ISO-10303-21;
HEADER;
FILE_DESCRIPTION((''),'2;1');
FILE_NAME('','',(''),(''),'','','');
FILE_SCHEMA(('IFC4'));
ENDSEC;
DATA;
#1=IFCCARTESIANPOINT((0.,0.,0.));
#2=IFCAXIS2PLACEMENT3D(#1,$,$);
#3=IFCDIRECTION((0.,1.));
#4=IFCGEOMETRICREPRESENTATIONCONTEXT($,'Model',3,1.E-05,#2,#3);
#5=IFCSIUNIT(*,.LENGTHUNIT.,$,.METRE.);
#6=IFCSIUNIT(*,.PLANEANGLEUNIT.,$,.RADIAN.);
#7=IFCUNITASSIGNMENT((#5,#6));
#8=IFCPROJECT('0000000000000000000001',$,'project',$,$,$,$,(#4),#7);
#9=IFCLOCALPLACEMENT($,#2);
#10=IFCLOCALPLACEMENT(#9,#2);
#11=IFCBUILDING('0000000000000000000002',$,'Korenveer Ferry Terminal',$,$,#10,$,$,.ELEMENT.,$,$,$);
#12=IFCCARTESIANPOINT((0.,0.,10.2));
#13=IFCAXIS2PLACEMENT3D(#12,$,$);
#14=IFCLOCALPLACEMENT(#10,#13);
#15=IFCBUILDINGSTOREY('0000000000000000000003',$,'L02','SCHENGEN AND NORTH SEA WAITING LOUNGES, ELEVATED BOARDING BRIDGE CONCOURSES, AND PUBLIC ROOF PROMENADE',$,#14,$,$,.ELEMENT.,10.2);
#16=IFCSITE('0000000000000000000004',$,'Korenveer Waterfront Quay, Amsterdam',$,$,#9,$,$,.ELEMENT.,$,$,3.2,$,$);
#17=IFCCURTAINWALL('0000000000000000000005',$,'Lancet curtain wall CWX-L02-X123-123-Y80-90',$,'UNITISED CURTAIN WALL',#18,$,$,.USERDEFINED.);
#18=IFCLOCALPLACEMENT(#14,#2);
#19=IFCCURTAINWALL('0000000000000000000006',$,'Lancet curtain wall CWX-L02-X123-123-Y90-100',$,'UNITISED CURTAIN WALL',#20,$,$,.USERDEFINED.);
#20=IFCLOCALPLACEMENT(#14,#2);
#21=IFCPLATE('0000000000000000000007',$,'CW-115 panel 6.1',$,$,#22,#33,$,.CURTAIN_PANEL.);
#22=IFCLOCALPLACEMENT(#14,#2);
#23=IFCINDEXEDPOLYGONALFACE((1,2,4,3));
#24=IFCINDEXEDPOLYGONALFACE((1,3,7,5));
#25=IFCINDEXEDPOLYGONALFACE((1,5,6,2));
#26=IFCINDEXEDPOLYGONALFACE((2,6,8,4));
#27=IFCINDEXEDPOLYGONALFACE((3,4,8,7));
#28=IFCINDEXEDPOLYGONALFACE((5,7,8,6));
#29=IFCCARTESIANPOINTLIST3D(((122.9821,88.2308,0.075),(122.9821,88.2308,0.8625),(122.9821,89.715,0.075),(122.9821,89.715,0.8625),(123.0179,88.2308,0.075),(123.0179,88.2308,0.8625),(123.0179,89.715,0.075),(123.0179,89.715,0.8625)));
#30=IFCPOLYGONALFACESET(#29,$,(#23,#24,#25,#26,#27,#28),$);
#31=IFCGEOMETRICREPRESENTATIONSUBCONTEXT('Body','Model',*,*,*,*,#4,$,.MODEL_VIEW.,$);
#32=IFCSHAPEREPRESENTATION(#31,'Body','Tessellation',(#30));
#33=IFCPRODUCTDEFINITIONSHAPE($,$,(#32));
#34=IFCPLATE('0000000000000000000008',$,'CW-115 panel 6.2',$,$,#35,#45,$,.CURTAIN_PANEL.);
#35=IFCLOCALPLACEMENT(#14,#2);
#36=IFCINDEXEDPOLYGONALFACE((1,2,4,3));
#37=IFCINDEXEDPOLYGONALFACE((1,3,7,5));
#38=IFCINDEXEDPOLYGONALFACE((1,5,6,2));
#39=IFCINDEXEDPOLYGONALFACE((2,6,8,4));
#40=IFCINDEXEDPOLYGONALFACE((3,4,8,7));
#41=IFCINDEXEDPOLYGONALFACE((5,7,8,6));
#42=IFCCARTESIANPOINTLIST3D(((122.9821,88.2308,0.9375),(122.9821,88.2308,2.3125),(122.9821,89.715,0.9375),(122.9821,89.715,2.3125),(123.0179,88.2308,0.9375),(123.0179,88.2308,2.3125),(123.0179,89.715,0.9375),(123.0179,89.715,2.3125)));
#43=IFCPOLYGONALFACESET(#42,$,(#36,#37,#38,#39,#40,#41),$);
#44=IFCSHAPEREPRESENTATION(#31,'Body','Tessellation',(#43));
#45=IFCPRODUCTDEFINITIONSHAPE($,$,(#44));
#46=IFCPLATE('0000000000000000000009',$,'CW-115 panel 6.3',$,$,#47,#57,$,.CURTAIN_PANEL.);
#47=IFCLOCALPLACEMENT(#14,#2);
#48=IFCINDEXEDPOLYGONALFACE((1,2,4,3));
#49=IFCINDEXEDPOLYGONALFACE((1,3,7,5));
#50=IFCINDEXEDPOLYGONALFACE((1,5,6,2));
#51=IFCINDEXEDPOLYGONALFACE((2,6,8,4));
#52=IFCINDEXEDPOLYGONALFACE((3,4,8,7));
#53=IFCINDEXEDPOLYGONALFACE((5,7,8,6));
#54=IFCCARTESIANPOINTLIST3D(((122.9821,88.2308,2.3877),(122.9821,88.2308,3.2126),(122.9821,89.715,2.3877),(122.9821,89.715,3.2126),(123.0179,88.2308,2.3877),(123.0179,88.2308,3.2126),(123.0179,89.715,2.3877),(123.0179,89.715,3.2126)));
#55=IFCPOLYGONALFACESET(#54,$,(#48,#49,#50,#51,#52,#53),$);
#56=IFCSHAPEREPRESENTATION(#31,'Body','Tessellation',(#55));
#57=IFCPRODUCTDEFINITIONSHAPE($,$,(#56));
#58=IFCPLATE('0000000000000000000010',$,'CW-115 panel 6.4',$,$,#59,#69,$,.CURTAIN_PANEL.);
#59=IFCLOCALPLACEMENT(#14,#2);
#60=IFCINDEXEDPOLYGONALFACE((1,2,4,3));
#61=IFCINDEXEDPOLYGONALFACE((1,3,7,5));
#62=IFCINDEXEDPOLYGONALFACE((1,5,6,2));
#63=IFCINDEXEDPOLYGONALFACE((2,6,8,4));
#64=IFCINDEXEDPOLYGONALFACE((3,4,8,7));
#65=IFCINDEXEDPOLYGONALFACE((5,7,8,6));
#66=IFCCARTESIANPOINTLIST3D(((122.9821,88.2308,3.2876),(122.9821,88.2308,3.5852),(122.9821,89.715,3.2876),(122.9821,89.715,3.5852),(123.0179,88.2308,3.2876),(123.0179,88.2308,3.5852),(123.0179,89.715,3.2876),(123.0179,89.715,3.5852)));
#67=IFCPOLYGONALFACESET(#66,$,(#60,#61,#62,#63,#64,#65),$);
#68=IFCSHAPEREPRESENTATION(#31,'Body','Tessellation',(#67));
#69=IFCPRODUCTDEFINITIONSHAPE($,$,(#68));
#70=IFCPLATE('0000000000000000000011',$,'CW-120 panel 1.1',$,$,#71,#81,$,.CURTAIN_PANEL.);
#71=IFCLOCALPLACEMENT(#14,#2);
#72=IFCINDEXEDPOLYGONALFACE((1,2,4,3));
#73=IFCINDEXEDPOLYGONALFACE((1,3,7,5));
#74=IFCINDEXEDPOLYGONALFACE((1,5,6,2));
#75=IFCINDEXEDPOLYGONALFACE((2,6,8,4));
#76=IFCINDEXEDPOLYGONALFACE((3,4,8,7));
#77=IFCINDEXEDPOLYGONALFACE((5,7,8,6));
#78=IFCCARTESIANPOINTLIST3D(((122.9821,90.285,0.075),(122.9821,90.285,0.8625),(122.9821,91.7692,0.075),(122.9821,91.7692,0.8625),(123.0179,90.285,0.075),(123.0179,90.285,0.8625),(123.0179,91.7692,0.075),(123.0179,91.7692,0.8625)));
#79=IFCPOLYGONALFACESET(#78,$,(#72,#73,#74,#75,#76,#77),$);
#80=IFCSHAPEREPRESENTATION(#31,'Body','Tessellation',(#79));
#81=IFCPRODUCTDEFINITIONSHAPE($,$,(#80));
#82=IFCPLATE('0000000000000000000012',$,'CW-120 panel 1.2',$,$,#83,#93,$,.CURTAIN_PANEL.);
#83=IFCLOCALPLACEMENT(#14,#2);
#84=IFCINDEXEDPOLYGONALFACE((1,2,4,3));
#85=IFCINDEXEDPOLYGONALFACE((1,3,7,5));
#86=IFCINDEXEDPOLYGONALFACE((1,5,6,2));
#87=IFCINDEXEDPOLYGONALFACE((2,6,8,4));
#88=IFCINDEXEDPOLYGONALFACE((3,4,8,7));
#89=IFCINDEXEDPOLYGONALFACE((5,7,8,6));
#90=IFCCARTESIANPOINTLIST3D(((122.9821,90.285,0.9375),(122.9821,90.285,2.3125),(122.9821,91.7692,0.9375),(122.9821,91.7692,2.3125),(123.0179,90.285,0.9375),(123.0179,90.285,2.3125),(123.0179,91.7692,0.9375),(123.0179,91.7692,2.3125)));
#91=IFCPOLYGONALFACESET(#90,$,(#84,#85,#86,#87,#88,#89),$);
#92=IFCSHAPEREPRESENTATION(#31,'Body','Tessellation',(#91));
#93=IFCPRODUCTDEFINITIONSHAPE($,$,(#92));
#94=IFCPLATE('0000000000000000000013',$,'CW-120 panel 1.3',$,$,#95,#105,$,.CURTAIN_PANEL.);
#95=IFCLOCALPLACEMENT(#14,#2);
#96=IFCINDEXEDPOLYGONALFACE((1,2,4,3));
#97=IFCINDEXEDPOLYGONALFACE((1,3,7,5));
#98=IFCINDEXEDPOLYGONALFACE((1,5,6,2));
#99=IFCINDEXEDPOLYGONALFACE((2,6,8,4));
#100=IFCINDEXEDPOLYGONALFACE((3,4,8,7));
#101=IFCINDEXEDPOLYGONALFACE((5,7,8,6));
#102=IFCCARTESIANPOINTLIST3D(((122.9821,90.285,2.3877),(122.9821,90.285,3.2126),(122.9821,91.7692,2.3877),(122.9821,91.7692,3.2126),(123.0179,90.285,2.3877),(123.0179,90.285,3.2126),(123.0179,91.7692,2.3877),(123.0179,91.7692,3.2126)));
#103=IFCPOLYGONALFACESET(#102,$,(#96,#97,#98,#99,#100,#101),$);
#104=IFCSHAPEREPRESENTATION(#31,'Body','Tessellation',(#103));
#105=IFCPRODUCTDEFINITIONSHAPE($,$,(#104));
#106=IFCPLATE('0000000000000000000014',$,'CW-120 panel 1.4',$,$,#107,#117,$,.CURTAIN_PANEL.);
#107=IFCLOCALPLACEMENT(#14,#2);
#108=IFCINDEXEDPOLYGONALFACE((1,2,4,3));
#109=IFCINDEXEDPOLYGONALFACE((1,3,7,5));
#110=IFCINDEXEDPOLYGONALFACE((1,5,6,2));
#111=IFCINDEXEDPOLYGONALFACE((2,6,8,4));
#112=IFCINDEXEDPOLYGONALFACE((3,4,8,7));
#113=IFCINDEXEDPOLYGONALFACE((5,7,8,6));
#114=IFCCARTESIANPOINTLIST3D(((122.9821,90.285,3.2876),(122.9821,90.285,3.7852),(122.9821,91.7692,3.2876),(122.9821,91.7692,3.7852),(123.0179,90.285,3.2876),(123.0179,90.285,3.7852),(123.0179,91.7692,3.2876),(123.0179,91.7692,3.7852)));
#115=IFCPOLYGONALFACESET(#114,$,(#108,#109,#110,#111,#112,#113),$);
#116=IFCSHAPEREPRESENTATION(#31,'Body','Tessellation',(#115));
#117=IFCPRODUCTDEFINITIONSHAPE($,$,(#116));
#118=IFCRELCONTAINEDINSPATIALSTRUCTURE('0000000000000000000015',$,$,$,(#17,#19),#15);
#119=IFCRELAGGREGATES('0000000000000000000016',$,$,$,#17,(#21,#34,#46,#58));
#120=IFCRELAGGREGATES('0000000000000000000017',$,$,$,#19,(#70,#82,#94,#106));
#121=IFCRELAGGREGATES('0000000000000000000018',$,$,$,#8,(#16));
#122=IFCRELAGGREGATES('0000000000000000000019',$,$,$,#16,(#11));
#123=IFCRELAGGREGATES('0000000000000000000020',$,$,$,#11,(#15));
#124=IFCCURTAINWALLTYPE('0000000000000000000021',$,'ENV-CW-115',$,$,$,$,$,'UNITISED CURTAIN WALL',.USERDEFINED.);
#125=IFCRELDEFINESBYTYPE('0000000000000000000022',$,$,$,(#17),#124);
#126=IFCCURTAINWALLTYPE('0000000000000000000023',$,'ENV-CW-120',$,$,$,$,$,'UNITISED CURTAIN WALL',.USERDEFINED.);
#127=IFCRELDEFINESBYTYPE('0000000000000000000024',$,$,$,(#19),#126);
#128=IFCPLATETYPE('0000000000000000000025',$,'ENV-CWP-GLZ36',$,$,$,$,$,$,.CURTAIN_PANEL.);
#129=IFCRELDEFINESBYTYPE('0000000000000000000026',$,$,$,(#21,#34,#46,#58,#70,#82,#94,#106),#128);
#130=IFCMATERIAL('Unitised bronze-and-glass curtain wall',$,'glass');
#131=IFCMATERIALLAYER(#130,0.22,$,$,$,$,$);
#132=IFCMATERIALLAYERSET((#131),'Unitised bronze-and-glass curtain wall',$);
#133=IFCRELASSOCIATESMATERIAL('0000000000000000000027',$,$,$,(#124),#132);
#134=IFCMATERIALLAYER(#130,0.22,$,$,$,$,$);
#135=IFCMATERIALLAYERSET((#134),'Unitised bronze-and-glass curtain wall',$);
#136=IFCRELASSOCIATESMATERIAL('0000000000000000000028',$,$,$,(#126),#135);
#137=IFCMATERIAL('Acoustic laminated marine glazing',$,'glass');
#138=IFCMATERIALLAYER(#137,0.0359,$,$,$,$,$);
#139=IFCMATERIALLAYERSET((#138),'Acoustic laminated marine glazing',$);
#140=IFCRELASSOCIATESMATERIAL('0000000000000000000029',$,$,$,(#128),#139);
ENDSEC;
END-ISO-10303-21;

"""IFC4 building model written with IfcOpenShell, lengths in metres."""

from ifc_helpers import new_model, si_unit, direction, frame, origin, origin_2d, place, context, subcontext, project, spatial, rectangle, extrude, material, layer, layer_set, type_object, element, aggregate, save


model = new_model("IFC4")

# Units and contexts
model_context = context("Model", 3, precision=1e-05, world=origin(), true_north=direction((0.0, 1.0)))
body_context = subcontext(model_context, "Body", "Model", "MODEL_VIEW")
ifc_project = project(units=[si_unit("LENGTHUNIT", "METRE"), si_unit("PLANEANGLEUNIT", "RADIAN")], contexts=[model_context])

# Site, building, storey
site_placement = place(None, origin())
site = spatial("IfcSite", under=ifc_project, at=site_placement, Name="Korenveer Waterfront Quay, Amsterdam", CompositionType="ELEMENT", RefElevation=3.2)
building_placement = place(site_placement, origin())
building = spatial("IfcBuilding", under=site, at=building_placement, Name="Korenveer Ferry Terminal", CompositionType="ELEMENT")
storey_placement = place(building_placement, frame((0.0, 0.0, 10.2)))
storey = spatial("IfcBuildingStorey", under=building, at=storey_placement, Name="L02", Description="SCHENGEN AND NORTH SEA WAITING LOUNGES, ELEVATED BOARDING BRIDGE CONCOURSES, AND PUBLIC ROOF PROMENADE", CompositionType="ELEMENT", Elevation=10.2)

# Curtain walls
ifc_material_1 = material(Name="Unitised bronze-and-glass curtain wall", Category="glass")
ifc_layer_1 = layer(ifc_material_1, 0.22)
ifc_layer_set_1 = layer_set([ifc_layer_1], Name="Unitised bronze-and-glass curtain wall")
curtain_wall_type_1 = type_object("IfcCurtainWallType", Name="ENV-CW-115", ElementType="UNITISED CURTAIN WALL", PredefinedType="USERDEFINED", material=ifc_layer_set_1)
curtain_wall_1_placement = place(storey_placement, frame((123.0, 80.21, 0.0)))
curtain_wall_1 = element("IfcCurtainWall", 1, at=curtain_wall_1_placement, inside=storey, type_object=curtain_wall_type_1, Name="Lancet curtain wall CWX-L02-X123-123-Y80-90", ObjectType="UNITISED CURTAIN WALL", PredefinedType="USERDEFINED")
ifc_layer_2 = layer(ifc_material_1, 0.22)
ifc_layer_set_2 = layer_set([ifc_layer_2], Name="Unitised bronze-and-glass curtain wall")
curtain_wall_type_2 = type_object("IfcCurtainWallType", Name="ENV-CW-120", ElementType="UNITISED CURTAIN WALL", PredefinedType="USERDEFINED", material=ifc_layer_set_2)
curtain_wall_2_placement = place(storey_placement, frame((123.0, 90.21, 0.0)))
curtain_wall_2 = element("IfcCurtainWall", 2, at=curtain_wall_2_placement, inside=storey, type_object=curtain_wall_type_2, Name="Lancet curtain wall CWX-L02-X123-123-Y90-100", ObjectType="UNITISED CURTAIN WALL", PredefinedType="USERDEFINED")

# Plates
ifc_material_2 = material(Name="Acoustic laminated marine glazing", Category="glass")
ifc_layer_3 = layer(ifc_material_2, 0.0359)
ifc_layer_set_3 = layer_set([ifc_layer_3], Name="Acoustic laminated marine glazing")
plate_type = type_object("IfcPlateType", Name="ENV-CWP-GLZ36", PredefinedType="CURTAIN_PANEL", material=ifc_layer_set_3)
plate_1_placement = place(storey_placement, frame((123.0, 88.9729, 0.075), z_axis=(0.0, 0.0, 1.0), x_axis=(0.0, 1.0, 0.0)))
plate_1 = element("IfcPlate", 3, at=plate_1_placement, type_object=plate_type, Name="CW-115 panel 6.1", PredefinedType="CURTAIN_PANEL", context=body_context, shape_type="SweptSolid", body=[
    extrude(rectangle(XDim=1.4841, YDim=0.0359, at=origin_2d()), origin(), (0.0, 0.0, 1.0), 0.7876),
])
plate_2_placement = place(storey_placement, frame((123.0, 88.9729, 0.9375), z_axis=(0.0, 0.0, 1.0), x_axis=(0.0, 1.0, 0.0)))
plate_2 = element("IfcPlate", 4, at=plate_2_placement, type_object=plate_type, Name="CW-115 panel 6.2", PredefinedType="CURTAIN_PANEL", context=body_context, shape_type="SweptSolid", body=[
    extrude(rectangle(XDim=1.4841, YDim=0.0359, at=origin_2d()), origin(), (0.0, 0.0, 1.0), 1.375),
])
plate_3_placement = place(storey_placement, frame((123.0, 88.9729, 2.3877), z_axis=(0.0, 0.0, 1.0), x_axis=(0.0, 1.0, 0.0)))
plate_3 = element("IfcPlate", 5, at=plate_3_placement, type_object=plate_type, Name="CW-115 panel 6.3", PredefinedType="CURTAIN_PANEL", context=body_context, shape_type="SweptSolid", body=[
    extrude(rectangle(XDim=1.4841, YDim=0.0359, at=origin_2d()), origin(), (0.0, 0.0, 1.0), 0.825),
])
plate_4_placement = place(storey_placement, frame((123.0, 88.9729, 3.2876), z_axis=(0.0, 0.0, 1.0), x_axis=(0.0, 1.0, 0.0)))
plate_4 = element("IfcPlate", 6, at=plate_4_placement, type_object=plate_type, Name="CW-115 panel 6.4", PredefinedType="CURTAIN_PANEL", context=body_context, shape_type="SweptSolid", body=[
    extrude(rectangle(XDim=1.4841, YDim=0.0359, at=origin_2d()), origin(), (0.0, 0.0, 1.0), 0.2976),
])
aggregate(curtain_wall_1, [plate_1, plate_2, plate_3, plate_4])
plate_5_placement = place(storey_placement, frame((123.0, 91.0271, 0.075), z_axis=(0.0, 0.0, 1.0), x_axis=(0.0, 1.0, 0.0)))
plate_5 = element("IfcPlate", 7, at=plate_5_placement, type_object=plate_type, Name="CW-120 panel 1.1", PredefinedType="CURTAIN_PANEL", context=body_context, shape_type="SweptSolid", body=[
    extrude(rectangle(XDim=1.4841, YDim=0.0359, at=origin_2d()), origin(), (0.0, 0.0, 1.0), 0.7876),
])
plate_6_placement = place(storey_placement, frame((123.0, 91.0271, 0.9375), z_axis=(0.0, 0.0, 1.0), x_axis=(0.0, 1.0, 0.0)))
plate_6 = element("IfcPlate", 8, at=plate_6_placement, type_object=plate_type, Name="CW-120 panel 1.2", PredefinedType="CURTAIN_PANEL", context=body_context, shape_type="SweptSolid", body=[
    extrude(rectangle(XDim=1.4841, YDim=0.0359, at=origin_2d()), origin(), (0.0, 0.0, 1.0), 1.375),
])
plate_7_placement = place(storey_placement, frame((123.0, 91.0271, 2.3877), z_axis=(0.0, 0.0, 1.0), x_axis=(0.0, 1.0, 0.0)))
plate_7 = element("IfcPlate", 9, at=plate_7_placement, type_object=plate_type, Name="CW-120 panel 1.3", PredefinedType="CURTAIN_PANEL", context=body_context, shape_type="SweptSolid", body=[
    extrude(rectangle(XDim=1.4841, YDim=0.0359, at=origin_2d()), origin(), (0.0, 0.0, 1.0), 0.825),
])
plate_8_placement = place(storey_placement, frame((123.0, 91.0271, 3.2876), z_axis=(0.0, 0.0, 1.0), x_axis=(0.0, 1.0, 0.0)))
plate_8 = element("IfcPlate", 10, at=plate_8_placement, type_object=plate_type, Name="CW-120 panel 1.4", PredefinedType="CURTAIN_PANEL", context=body_context, shape_type="SweptSolid", body=[
    extrude(rectangle(XDim=1.4841, YDim=0.0359, at=origin_2d()), origin(), (0.0, 0.0, 1.0), 0.4976),
])
aggregate(curtain_wall_2, [plate_5, plate_6, plate_7, plate_8])

save(model, "model.ifc")
